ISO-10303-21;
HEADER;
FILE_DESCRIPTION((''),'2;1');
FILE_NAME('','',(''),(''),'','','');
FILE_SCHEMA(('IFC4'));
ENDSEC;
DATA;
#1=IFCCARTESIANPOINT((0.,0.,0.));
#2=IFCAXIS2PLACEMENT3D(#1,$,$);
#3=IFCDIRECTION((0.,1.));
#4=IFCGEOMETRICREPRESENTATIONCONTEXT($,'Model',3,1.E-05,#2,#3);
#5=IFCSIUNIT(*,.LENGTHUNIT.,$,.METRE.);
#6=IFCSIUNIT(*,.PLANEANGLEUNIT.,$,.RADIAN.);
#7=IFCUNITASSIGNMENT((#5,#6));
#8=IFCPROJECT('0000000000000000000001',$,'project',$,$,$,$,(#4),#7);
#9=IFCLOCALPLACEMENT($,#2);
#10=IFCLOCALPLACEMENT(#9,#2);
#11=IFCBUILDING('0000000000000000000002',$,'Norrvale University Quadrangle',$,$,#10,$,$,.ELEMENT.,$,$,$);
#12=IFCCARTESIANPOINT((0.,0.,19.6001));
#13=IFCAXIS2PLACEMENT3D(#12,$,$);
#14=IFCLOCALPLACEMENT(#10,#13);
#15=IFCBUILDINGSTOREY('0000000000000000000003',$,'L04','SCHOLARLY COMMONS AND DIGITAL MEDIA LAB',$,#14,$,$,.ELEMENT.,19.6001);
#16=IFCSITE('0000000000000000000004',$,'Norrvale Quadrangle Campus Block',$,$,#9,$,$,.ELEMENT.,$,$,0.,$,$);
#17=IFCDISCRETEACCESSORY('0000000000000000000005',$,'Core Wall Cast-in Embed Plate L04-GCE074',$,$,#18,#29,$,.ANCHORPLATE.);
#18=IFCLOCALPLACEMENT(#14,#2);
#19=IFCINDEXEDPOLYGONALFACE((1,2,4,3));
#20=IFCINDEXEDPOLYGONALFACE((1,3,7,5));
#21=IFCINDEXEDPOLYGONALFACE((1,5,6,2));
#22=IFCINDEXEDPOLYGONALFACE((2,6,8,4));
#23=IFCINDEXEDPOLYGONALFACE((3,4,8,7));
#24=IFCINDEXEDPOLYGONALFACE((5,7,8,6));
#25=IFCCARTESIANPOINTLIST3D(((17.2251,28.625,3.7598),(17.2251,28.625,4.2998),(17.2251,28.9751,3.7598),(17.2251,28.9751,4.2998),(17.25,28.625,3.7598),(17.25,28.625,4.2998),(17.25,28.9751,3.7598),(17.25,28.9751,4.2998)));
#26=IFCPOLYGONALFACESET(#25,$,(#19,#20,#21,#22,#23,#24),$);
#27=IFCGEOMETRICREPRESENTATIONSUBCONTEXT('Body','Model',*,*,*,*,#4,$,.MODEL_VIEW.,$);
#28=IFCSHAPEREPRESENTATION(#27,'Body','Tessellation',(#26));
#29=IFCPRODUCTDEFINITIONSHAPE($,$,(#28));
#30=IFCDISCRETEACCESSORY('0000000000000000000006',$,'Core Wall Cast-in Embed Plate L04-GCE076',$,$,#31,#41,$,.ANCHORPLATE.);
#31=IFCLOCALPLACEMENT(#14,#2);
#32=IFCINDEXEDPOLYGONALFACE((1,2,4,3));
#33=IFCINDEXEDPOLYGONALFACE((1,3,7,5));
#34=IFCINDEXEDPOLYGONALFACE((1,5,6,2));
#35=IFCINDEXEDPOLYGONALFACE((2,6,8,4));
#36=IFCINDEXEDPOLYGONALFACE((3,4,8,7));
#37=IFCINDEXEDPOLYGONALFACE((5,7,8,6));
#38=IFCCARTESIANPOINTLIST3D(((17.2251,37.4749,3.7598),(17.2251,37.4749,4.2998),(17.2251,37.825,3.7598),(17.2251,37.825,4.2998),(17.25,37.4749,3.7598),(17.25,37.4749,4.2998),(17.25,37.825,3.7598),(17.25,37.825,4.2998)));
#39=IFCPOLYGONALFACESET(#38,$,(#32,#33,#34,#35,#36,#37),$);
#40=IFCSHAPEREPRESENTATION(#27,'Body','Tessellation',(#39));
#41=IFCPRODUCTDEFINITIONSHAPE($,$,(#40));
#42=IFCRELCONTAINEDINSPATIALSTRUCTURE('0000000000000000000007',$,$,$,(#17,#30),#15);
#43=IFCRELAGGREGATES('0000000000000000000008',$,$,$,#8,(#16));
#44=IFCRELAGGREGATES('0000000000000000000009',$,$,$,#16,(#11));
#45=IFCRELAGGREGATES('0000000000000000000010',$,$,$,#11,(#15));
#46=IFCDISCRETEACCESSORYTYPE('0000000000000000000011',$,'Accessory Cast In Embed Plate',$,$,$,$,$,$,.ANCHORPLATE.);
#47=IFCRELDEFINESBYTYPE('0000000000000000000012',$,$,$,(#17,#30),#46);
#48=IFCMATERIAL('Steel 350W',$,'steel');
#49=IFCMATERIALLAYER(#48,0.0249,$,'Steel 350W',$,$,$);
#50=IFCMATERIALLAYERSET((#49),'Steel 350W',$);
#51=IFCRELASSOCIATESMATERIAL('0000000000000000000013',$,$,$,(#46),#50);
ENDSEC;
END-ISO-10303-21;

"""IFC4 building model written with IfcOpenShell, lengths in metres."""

from ifc_helpers import new_model, si_unit, direction, frame, origin, origin_2d, place, context, subcontext, project, spatial, rectangle, extrude, material, layer, layer_set, type_object, element, save


model = new_model("IFC4")

# Units and contexts
model_context = context("Model", 3, precision=1e-05, world=origin(), true_north=direction((0.0, 1.0)))
body_context = subcontext(model_context, "Body", "Model", "MODEL_VIEW")
ifc_project = project(units=[si_unit("LENGTHUNIT", "METRE"), si_unit("PLANEANGLEUNIT", "RADIAN")], contexts=[model_context])

# Site, building, storey
site_placement = place(None, origin())
site = spatial("IfcSite", under=ifc_project, at=site_placement, Name="Norrvale Quadrangle Campus Block", CompositionType="ELEMENT", RefElevation=0.0)
building_placement = place(site_placement, origin())
building = spatial("IfcBuilding", under=site, at=building_placement, Name="Norrvale University Quadrangle", CompositionType="ELEMENT")
storey_placement = place(building_placement, frame((0.0, 0.0, 19.6001)))
storey = spatial("IfcBuildingStorey", under=building, at=storey_placement, Name="L04", Description="SCHOLARLY COMMONS AND DIGITAL MEDIA LAB", CompositionType="ELEMENT", Elevation=19.6001)

# Shared definitions
ifc_material_1 = material(Name="Steel 350W", Category="steel")

# Discrete accessories
ifc_layer_1 = layer(ifc_material_1, 0.0249, Name="Steel 350W")
ifc_layer_set_1 = layer_set([ifc_layer_1], Name="Steel 350W")
discrete_accessory_type = type_object("IfcDiscreteAccessoryType", Name="Accessory Cast In Embed Plate", PredefinedType="ANCHORPLATE", material=ifc_layer_set_1)
for number, where, z_axis, x_axis, name in (
    (1, (17.2375, 28.8, 3.7598), (0.0, 0.0, 1.0), (1.0, 0.0, 0.0), "Core Wall Cast-in Embed Plate L04-GCE074"),
    (2, (17.2375, 37.6499, 3.7598), (0.0, 0.0, 1.0), (1.0, 0.0, 0.0), "Core Wall Cast-in Embed Plate L04-GCE076"),
):
    element("IfcDiscreteAccessory", number, at=place(storey_placement, frame(where, z_axis=z_axis, x_axis=x_axis)), inside=storey, type_object=discrete_accessory_type, Name=name, PredefinedType="ANCHORPLATE", context=body_context, shape_type="SweptSolid", body=[
        extrude(rectangle(XDim=0.0249, YDim=0.3501, at=origin_2d()), origin(), (0.0, 0.0, 1.0), 0.54),
    ])

save(model, "model.ifc")
